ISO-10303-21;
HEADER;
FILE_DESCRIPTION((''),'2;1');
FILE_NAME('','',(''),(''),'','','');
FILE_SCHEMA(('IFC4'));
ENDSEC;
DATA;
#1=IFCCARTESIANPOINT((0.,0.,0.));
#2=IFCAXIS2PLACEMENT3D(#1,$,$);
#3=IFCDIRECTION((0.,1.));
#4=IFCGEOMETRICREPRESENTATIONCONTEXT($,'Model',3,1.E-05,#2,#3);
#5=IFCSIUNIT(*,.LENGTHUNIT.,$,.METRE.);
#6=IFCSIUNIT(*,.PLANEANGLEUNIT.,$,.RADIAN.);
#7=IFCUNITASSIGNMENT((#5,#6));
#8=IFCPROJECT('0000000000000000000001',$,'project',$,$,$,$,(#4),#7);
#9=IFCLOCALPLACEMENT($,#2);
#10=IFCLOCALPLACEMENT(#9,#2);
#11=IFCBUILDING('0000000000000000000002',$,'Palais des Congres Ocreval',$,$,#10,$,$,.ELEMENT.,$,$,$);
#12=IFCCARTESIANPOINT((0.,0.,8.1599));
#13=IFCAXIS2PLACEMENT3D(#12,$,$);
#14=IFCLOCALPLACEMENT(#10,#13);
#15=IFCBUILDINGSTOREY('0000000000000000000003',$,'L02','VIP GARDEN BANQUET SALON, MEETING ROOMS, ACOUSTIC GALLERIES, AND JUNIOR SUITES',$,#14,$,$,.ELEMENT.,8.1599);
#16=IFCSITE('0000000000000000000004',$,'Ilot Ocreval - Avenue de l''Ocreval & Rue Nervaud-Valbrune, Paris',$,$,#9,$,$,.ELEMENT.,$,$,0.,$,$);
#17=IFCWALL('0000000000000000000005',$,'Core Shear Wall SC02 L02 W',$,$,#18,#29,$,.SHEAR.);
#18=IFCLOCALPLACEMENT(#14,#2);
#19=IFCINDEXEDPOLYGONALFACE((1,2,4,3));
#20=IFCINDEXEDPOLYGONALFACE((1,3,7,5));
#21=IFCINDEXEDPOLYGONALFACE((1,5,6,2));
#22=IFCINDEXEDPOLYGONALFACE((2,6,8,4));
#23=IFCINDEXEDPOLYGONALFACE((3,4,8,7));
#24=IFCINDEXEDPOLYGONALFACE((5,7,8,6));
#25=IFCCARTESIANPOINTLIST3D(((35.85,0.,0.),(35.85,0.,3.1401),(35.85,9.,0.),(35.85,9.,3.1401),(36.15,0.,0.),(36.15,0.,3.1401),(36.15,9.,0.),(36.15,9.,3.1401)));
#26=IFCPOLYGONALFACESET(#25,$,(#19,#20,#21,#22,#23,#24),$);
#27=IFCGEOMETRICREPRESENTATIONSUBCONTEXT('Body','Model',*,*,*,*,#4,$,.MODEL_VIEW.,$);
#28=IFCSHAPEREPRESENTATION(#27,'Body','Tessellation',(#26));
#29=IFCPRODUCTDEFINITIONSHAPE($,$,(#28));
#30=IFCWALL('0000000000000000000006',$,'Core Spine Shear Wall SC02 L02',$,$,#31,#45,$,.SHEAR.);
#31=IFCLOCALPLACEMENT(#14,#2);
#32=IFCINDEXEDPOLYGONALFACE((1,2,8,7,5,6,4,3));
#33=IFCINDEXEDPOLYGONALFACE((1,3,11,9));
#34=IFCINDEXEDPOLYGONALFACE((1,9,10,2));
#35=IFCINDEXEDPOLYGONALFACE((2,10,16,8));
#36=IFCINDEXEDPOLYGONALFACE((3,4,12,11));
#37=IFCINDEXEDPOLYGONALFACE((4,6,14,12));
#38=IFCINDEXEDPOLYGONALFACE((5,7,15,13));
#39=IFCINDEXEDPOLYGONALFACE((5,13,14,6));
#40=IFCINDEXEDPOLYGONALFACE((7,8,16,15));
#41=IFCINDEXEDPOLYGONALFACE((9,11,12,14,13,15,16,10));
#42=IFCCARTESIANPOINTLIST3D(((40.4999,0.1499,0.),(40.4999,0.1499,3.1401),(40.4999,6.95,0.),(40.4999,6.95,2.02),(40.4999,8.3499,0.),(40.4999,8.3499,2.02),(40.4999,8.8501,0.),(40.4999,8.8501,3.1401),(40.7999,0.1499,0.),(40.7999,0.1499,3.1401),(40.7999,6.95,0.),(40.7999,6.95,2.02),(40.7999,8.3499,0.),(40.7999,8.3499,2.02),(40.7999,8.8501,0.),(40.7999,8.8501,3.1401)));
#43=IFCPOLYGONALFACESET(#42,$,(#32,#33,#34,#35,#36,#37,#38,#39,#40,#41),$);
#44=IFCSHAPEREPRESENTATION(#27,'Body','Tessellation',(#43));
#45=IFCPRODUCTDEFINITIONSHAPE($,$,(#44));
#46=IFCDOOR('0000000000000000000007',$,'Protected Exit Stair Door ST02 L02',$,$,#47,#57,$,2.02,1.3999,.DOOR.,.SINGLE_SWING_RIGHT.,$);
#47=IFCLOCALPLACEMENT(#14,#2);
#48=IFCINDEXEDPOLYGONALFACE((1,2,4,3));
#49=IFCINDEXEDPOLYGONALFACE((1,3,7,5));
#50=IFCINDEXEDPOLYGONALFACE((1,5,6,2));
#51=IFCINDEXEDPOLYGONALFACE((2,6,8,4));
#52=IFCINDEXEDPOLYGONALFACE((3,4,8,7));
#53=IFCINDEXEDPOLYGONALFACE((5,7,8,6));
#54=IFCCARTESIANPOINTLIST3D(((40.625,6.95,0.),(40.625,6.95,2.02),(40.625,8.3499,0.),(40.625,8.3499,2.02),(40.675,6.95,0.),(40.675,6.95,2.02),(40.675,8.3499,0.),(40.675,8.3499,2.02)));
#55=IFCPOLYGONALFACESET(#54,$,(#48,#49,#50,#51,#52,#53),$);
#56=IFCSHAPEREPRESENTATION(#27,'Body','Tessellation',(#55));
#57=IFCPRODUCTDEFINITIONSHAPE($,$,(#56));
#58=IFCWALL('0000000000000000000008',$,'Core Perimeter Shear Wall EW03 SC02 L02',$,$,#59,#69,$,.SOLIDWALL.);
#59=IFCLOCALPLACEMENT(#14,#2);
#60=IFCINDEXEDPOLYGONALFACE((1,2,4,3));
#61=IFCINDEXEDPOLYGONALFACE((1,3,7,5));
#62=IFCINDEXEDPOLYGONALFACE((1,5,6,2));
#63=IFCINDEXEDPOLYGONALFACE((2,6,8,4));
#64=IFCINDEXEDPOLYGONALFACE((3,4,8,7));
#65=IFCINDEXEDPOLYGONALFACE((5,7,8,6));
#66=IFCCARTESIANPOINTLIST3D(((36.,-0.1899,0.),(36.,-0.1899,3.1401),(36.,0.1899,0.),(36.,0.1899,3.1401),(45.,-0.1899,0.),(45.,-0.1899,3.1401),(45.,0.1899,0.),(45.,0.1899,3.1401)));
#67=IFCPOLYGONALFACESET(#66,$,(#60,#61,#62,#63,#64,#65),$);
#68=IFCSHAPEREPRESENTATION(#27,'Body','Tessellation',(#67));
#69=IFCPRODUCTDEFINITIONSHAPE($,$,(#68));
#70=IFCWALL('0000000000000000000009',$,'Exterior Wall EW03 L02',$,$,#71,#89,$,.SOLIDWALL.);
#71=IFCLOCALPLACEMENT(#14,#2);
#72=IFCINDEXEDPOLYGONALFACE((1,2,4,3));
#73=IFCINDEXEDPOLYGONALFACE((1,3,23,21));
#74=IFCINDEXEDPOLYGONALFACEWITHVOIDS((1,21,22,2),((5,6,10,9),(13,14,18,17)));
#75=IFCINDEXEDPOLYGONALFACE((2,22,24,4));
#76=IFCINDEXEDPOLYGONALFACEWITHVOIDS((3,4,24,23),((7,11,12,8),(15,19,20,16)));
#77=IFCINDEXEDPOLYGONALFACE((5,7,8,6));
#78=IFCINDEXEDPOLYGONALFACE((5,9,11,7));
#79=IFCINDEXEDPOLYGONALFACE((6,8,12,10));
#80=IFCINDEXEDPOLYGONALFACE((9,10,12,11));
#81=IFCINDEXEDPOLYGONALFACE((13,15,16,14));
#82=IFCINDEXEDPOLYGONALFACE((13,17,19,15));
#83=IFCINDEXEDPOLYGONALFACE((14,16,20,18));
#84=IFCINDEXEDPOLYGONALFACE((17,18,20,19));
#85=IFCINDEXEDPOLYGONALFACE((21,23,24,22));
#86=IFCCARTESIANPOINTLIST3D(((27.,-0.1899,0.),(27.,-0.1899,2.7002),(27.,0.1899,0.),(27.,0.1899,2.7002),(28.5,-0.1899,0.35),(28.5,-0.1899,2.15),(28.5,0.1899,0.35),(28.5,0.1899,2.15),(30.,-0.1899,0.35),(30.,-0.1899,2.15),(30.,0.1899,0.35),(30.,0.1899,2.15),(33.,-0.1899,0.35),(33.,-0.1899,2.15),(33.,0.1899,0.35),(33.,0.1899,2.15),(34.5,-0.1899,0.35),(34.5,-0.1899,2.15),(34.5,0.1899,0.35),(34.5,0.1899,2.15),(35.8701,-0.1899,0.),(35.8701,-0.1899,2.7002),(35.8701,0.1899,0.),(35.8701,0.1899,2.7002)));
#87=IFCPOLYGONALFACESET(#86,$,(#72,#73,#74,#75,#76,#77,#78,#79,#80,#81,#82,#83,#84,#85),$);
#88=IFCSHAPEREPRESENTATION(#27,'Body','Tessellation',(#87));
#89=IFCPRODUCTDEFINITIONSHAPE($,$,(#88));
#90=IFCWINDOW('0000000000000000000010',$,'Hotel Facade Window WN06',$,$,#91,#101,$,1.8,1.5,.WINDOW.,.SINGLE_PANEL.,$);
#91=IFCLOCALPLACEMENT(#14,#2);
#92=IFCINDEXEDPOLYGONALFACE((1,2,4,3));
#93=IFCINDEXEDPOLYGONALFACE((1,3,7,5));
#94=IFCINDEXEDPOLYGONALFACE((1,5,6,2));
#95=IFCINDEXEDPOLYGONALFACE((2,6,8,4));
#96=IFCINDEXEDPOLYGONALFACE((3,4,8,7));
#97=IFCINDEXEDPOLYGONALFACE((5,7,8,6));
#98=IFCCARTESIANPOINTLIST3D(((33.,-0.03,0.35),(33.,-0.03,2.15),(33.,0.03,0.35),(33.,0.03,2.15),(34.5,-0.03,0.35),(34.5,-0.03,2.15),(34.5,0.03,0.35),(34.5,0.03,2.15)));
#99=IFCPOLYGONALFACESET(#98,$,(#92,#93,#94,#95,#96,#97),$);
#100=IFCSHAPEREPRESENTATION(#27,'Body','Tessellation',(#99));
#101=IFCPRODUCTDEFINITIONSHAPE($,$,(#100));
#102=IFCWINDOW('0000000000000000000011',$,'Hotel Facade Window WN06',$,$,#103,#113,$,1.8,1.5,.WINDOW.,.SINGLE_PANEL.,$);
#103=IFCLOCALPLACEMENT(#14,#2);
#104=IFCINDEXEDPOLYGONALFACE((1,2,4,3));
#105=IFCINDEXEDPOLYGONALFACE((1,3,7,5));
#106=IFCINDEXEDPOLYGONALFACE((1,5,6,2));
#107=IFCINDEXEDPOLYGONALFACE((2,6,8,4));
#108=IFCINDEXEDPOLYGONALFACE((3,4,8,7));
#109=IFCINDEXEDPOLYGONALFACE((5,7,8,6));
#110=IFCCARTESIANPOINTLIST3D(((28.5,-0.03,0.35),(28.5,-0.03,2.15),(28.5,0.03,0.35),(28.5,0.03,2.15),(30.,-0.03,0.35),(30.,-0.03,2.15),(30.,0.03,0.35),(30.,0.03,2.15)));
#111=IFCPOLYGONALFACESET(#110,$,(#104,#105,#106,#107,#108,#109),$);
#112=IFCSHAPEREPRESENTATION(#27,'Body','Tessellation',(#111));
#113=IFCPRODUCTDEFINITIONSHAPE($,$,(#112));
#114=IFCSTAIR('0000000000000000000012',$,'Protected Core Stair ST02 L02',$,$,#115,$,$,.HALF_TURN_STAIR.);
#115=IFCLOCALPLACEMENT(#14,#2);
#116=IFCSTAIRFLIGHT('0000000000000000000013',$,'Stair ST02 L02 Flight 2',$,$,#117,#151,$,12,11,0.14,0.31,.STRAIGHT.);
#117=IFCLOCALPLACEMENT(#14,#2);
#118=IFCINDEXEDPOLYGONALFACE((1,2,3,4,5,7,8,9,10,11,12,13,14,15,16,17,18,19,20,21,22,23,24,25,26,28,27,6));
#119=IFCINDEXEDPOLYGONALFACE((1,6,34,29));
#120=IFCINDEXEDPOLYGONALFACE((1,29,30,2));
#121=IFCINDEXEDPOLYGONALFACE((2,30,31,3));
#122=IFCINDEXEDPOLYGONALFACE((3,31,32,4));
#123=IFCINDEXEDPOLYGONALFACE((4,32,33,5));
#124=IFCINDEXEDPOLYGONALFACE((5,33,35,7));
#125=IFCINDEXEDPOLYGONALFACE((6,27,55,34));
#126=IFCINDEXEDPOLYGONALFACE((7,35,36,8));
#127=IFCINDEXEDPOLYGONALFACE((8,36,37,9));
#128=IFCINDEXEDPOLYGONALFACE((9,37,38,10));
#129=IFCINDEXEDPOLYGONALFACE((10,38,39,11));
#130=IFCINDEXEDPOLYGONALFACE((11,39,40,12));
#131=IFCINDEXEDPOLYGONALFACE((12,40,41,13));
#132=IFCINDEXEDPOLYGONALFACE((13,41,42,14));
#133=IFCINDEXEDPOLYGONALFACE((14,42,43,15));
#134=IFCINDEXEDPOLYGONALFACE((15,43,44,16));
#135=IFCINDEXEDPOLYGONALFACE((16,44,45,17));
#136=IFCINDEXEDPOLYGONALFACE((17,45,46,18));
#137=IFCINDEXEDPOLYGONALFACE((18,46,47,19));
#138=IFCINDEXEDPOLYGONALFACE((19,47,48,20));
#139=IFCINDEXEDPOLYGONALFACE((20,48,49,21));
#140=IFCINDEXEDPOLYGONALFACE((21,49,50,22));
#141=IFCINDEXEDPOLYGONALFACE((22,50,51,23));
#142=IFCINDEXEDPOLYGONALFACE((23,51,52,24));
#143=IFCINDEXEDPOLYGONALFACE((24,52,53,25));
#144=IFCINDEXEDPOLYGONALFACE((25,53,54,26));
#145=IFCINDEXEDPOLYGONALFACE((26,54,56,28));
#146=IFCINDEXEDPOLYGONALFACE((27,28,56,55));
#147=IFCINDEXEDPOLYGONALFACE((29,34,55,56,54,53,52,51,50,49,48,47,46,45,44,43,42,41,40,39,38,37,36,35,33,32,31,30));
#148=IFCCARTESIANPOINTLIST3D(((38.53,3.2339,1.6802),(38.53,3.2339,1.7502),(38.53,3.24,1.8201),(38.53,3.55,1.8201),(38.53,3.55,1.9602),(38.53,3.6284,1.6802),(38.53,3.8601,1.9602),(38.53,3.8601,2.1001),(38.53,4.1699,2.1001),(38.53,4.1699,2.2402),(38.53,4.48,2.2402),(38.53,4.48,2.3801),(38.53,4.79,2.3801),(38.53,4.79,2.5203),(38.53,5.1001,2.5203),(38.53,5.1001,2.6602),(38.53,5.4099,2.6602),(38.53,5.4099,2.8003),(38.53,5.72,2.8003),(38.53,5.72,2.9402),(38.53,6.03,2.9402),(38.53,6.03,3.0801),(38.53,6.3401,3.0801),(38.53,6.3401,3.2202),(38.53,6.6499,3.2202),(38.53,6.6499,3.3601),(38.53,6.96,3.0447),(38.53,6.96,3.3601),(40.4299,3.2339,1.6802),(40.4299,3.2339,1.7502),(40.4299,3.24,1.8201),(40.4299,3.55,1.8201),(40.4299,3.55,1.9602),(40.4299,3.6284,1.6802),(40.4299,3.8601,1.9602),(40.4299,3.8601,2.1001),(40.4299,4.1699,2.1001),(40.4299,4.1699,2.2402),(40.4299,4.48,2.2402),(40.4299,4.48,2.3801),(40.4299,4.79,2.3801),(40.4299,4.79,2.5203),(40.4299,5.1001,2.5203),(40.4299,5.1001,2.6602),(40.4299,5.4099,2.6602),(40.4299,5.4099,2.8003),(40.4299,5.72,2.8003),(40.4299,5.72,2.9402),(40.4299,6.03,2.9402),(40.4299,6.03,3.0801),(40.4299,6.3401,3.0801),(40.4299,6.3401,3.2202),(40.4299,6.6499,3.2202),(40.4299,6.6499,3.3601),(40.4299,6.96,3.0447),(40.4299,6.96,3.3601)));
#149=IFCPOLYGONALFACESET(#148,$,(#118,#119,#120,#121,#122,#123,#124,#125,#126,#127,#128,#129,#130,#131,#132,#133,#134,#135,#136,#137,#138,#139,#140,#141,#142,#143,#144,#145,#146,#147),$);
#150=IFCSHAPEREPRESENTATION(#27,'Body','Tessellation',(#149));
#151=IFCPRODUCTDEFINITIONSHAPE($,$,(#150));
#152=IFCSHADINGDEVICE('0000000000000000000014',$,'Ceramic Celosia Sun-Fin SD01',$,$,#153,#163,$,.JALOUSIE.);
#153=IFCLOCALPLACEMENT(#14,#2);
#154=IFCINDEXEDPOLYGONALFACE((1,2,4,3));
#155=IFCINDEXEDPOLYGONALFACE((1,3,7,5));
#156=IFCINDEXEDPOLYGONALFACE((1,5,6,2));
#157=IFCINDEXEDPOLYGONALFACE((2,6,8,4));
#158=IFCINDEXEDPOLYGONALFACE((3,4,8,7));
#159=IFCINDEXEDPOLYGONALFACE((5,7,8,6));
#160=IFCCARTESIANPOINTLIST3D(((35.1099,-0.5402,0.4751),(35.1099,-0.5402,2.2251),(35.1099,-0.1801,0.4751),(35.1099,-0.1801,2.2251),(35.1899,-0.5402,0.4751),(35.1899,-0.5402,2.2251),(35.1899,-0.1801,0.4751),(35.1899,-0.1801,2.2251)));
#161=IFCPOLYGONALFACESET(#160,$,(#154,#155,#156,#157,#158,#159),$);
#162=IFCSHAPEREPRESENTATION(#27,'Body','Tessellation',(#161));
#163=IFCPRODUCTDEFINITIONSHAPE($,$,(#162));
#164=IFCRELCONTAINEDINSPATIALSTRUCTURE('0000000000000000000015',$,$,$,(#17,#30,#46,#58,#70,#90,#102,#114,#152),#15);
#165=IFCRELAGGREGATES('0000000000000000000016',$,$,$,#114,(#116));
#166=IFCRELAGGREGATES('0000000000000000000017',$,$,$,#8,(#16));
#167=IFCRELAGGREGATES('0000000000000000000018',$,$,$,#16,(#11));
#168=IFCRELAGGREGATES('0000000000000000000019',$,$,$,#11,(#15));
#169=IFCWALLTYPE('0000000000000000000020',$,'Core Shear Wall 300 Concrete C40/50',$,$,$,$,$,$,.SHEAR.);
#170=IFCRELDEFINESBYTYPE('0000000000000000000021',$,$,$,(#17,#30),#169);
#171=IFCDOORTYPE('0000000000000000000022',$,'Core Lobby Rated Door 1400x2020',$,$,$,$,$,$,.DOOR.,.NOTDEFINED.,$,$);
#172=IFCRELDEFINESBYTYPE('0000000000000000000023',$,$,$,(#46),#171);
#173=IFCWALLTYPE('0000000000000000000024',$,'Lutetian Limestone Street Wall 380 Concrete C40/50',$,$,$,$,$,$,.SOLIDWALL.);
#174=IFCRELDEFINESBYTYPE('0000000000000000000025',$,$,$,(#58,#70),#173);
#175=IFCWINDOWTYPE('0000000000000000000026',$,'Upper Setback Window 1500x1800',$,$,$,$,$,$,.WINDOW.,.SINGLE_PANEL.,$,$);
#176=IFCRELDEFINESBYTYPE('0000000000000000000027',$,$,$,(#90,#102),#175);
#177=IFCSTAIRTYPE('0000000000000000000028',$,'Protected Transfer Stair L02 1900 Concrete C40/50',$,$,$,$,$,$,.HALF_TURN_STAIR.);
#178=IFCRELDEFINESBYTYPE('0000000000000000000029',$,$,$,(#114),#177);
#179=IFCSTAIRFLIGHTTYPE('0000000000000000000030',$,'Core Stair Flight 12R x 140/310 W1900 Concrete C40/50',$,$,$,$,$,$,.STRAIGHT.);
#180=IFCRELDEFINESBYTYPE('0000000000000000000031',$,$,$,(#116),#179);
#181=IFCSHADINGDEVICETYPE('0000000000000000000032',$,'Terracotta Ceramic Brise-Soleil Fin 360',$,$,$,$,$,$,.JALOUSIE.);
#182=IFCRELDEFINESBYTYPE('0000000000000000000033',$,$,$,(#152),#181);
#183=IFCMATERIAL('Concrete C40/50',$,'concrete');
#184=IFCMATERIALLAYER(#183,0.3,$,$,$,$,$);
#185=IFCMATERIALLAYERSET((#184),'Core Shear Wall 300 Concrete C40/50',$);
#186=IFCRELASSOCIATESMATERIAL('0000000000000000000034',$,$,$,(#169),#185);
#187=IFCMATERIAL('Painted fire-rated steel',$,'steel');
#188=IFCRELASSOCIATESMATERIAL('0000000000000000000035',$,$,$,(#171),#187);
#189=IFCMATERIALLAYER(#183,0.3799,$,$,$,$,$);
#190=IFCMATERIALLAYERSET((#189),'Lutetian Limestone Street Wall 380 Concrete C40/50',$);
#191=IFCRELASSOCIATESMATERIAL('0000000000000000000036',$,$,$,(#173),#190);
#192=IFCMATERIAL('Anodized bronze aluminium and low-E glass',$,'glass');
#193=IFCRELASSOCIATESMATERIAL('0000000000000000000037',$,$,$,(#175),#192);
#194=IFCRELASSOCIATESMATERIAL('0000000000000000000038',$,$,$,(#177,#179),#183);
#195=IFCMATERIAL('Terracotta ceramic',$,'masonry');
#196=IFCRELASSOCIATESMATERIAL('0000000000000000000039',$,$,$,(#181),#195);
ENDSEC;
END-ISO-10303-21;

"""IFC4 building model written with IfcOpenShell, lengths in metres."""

from ifc_helpers import new_model, si_unit, direction, frame, frame_2d, origin, origin_2d, place, context, subcontext, project, spatial, polyline, rectangle, outline, extrude, material, layer, layer_set, type_object, element, fill, aggregate, save


model = new_model("IFC4")

# Units and contexts
model_context = context("Model", 3, precision=1e-05, world=origin(), true_north=direction((0.0, 1.0)))
body_context = subcontext(model_context, "Body", "Model", "MODEL_VIEW")
ifc_project = project(units=[si_unit("LENGTHUNIT", "METRE"), si_unit("PLANEANGLEUNIT", "RADIAN")], contexts=[model_context])

# Site, building, storey
site_placement = place(None, origin())
site = spatial("IfcSite", under=ifc_project, at=site_placement, Name="Ilot Ocreval - Avenue de l'Ocreval & Rue Nervaud-Valbrune, Paris", CompositionType="ELEMENT", RefElevation=0.0)
building_placement = place(site_placement, origin())
building = spatial("IfcBuilding", under=site, at=building_placement, Name="Palais des Congres Ocreval", CompositionType="ELEMENT")
storey_placement = place(building_placement, frame((0.0, 0.0, 8.1599)))
storey = spatial("IfcBuildingStorey", under=building, at=storey_placement, Name="L02", Description="VIP GARDEN BANQUET SALON, MEETING ROOMS, ACOUSTIC GALLERIES, AND JUNIOR SUITES", CompositionType="ELEMENT", Elevation=8.1599)

# Shared definitions
ifc_material_1 = material(Name="Concrete C40/50", Category="concrete")

# Wall
ifc_layer_1 = layer(ifc_material_1, 0.3)
ifc_layer_set_1 = layer_set([ifc_layer_1], Name="Core Shear Wall 300 Concrete C40/50")
wall_type_1 = type_object("IfcWallType", Name="Core Shear Wall 300 Concrete C40/50", PredefinedType="SHEAR", material=ifc_layer_set_1)
for number, where, z_axis, x_axis, name in (
    (1, (36.0, 0.0, 0.0), (0.0, 0.0, 1.0), (0.0, 1.0, 0.0), "Core Shear Wall SC02 L02 W"),
):
    element("IfcWall", number, at=place(storey_placement, frame(where, z_axis=z_axis, x_axis=x_axis)), inside=storey, type_object=wall_type_1, Name=name, PredefinedType="SHEAR", context=body_context, shape_type="SweptSolid", body=[
        extrude(rectangle(XDim=9.0, YDim=0.3, at=frame_2d((4.5, 0.0))), origin(), (0.0, 0.0, 1.0), 3.1401),
    ])

# Wall, opening, door
wall_1_placement = place(storey_placement, frame((40.6499, 0.1499, 0.0), z_axis=(0.0, 0.0, 1.0), x_axis=(0.0, 1.0, 0.0)))
wall_1 = element("IfcWall", 2, at=wall_1_placement, inside=storey, type_object=wall_type_1, Name="Core Spine Shear Wall SC02 L02", PredefinedType="SHEAR", context=body_context, shape_type="SweptSolid", body=[
    extrude(rectangle(XDim=8.7002, YDim=0.3, at=frame_2d((4.3501, 0.0))), origin(), (0.0, 0.0, 1.0), 3.1401),
])
opening_1_placement = place(wall_1_placement, frame((6.8, 0.0, 0.0)))
opening_1 = element("IfcOpeningElement", 3, at=opening_1_placement, cuts=wall_1, PredefinedType="OPENING", context=body_context, shape_type="SweptSolid", body=[
    extrude(rectangle(XDim=1.3999, YDim=2.02, at=frame_2d((0.7, 1.01))), frame((0.0, 0.1599, 0.0), z_axis=(0.0, -1.0, 0.0), x_axis=(1.0, 0.0, 0.0)), (0.0, 0.0, 1.0), 0.3201),
])
ifc_material_2 = material(Name="Painted fire-rated steel", Category="steel")
door_type = type_object("IfcDoorType", Name="Core Lobby Rated Door 1400x2020", OperationType="NOTDEFINED", PredefinedType="DOOR", material=ifc_material_2)
door_placement = place(opening_1_placement, origin())
door = element("IfcDoor", 4, at=door_placement, inside=storey, type_object=door_type, Name="Protected Exit Stair Door ST02 L02", OperationType="SINGLE_SWING_RIGHT", OverallHeight=2.02, OverallWidth=1.3999, PredefinedType="DOOR", context=body_context, shape_type="SweptSolid", body=[
    extrude(rectangle(XDim=1.3999, YDim=2.02, at=frame_2d((0.7, 1.01))), frame((0.0, 0.0249, 0.0), z_axis=(0.0, -1.0, 0.0), x_axis=(1.0, 0.0, 0.0)), (0.0, 0.0, 1.0), 0.05),
])
fill(opening_1, door)

# Wall
ifc_layer_2 = layer(ifc_material_1, 0.3799)
ifc_layer_set_2 = layer_set([ifc_layer_2], Name="Lutetian Limestone Street Wall 380 Concrete C40/50")
wall_type_2 = type_object("IfcWallType", Name="Lutetian Limestone Street Wall 380 Concrete C40/50", PredefinedType="SOLIDWALL", material=ifc_layer_set_2)
wall_2_placement = place(storey_placement, frame((45.0, 0.0, 0.0), z_axis=(0.0, 0.0, 1.0), x_axis=(-1.0, 0.0, 0.0)))
element("IfcWall", 5, at=wall_2_placement, inside=storey, type_object=wall_type_2, Name="Core Perimeter Shear Wall EW03 SC02 L02", PredefinedType="SOLIDWALL", context=body_context, shape_type="SweptSolid", body=[
    extrude(rectangle(XDim=9.0, YDim=0.3799, at=frame_2d((4.5, 0.0))), origin(), (0.0, 0.0, 1.0), 3.1401),
])

# Wall, openings, windows
wall_3_placement = place(storey_placement, frame((35.8701, 0.0, 0.0), z_axis=(0.0, 0.0, 1.0), x_axis=(-1.0, 0.0, 0.0)))
wall_3 = element("IfcWall", 6, at=wall_3_placement, inside=storey, type_object=wall_type_2, Name="Exterior Wall EW03 L02", PredefinedType="SOLIDWALL", context=body_context, shape_type="SweptSolid", body=[
    extrude(rectangle(XDim=8.8701, YDim=0.3799, at=frame_2d((4.4351, 0.0))), origin(), (0.0, 0.0, 1.0), 2.7002),
])
opening_2_placement = place(wall_3_placement, frame((1.3701, 0.0, 0.3501)))
opening_2 = element("IfcOpeningElement", 7, at=opening_2_placement, cuts=wall_3, PredefinedType="OPENING", context=body_context, shape_type="SweptSolid", body=[
    extrude(rectangle(XDim=1.5, YDim=1.8, at=frame_2d((0.75, 0.8999))), frame((0.0, 0.2, 0.0), z_axis=(0.0, -1.0, 0.0), x_axis=(1.0, 0.0, 0.0)), (0.0, 0.0, 1.0), 0.3999),
])
opening_3_placement = place(wall_3_placement, frame((5.8701, 0.0, 0.3501)))
opening_3 = element("IfcOpeningElement", 8, at=opening_3_placement, cuts=wall_3, PredefinedType="OPENING", context=body_context, shape_type="SweptSolid", body=[
    extrude(rectangle(XDim=1.5, YDim=1.8, at=frame_2d((0.75, 0.8999))), frame((0.0, 0.2, 0.0), z_axis=(0.0, -1.0, 0.0), x_axis=(1.0, 0.0, 0.0)), (0.0, 0.0, 1.0), 0.3999),
])
ifc_material_3 = material(Name="Anodized bronze aluminium and low-E glass", Category="glass")
window_type = type_object("IfcWindowType", Name="Upper Setback Window 1500x1800", PartitioningType="SINGLE_PANEL", PredefinedType="WINDOW", material=ifc_material_3)
window_1_placement = place(opening_2_placement, origin())
window_1 = element("IfcWindow", 9, at=window_1_placement, inside=storey, type_object=window_type, Name="Hotel Facade Window WN06", OverallHeight=1.8, OverallWidth=1.5, PartitioningType="SINGLE_PANEL", PredefinedType="WINDOW", context=body_context, shape_type="SweptSolid", body=[
    extrude(rectangle(XDim=1.5, YDim=1.8, at=frame_2d((0.75, 0.8999))), frame((0.0, 0.03, 0.0), z_axis=(0.0, -1.0, 0.0), x_axis=(1.0, 0.0, 0.0)), (0.0, 0.0, 1.0), 0.0601),
])
fill(opening_2, window_1)
window_2_placement = place(opening_3_placement, origin())
window_2 = element("IfcWindow", 10, at=window_2_placement, inside=storey, type_object=window_type, Name="Hotel Facade Window WN06", OverallHeight=1.8, OverallWidth=1.5, PartitioningType="SINGLE_PANEL", PredefinedType="WINDOW", context=body_context, shape_type="SweptSolid", body=[
    extrude(rectangle(XDim=1.5, YDim=1.8, at=frame_2d((0.75, 0.8999))), frame((0.0, 0.03, 0.0), z_axis=(0.0, -1.0, 0.0), x_axis=(1.0, 0.0, 0.0)), (0.0, 0.0, 1.0), 0.0601),
])
fill(opening_3, window_2)

# Stair, stair flight
stair_type = type_object("IfcStairType", Name="Protected Transfer Stair L02 1900 Concrete C40/50", PredefinedType="HALF_TURN_STAIR", material=ifc_material_1)
stair_placement = place(storey_placement, origin())
stair = element("IfcStair", 11, at=stair_placement, inside=storey, type_object=stair_type, Name="Protected Core Stair ST02 L02", PredefinedType="HALF_TURN_STAIR")
stair_flight_type = type_object("IfcStairFlightType", Name="Core Stair Flight 12R x 140/310 W1900 Concrete C40/50", PredefinedType="STRAIGHT", material=ifc_material_1)
stair_flight_placement = place(storey_placement, frame((39.48, 3.24, 1.6802), z_axis=(0.0, 0.0, 1.0), x_axis=(0.0, 1.0, 0.0)))
stair_flight = element("IfcStairFlight", 12, at=stair_flight_placement, type_object=stair_flight_type, Name="Stair ST02 L02 Flight 2", NumberOfRisers=12, NumberOfTreads=11, PredefinedType="STRAIGHT", RiserHeight=0.14, TreadLength=0.31, context=body_context, shape_type="SweptSolid", body=[
    extrude(outline(polyline([(-0.0061, 0.0), (-0.0061, 0.0701), (0.0, 0.1399), (0.3101, 0.1399), (0.3101, 0.28), (0.6201, 0.28), (0.6201, 0.4199), (0.9299, 0.4199), (0.9299, 0.5601), (1.24, 0.5601), (1.24, 0.7), (1.55, 0.7), (1.55, 0.8401), (1.8601, 0.8401), (1.8601, 0.98), (2.1699, 0.98), (2.1699, 1.1201), (2.48, 1.1201), (2.48, 1.26), (2.79, 1.26), (2.79, 1.3999), (3.1001, 1.3999), (3.1001, 1.54), (3.4099, 1.54), (3.4099, 1.6799), (3.72, 1.6799), (3.72, 1.3645), (0.3884, 0.0), (-0.0061, 0.0)])), frame((0.0, 0.95, 0.0), z_axis=(0.0, -1.0, 0.0), x_axis=(1.0, 0.0, 0.0)), (0.0, 0.0, 1.0), 1.8999),
])
aggregate(stair, [stair_flight])

# Shading device
ifc_material_4 = material(Name="Terracotta ceramic", Category="masonry")
shading_device_type = type_object("IfcShadingDeviceType", Name="Terracotta Ceramic Brise-Soleil Fin 360", PredefinedType="JALOUSIE", material=ifc_material_4)
shading_device_placement = place(storey_placement, frame((35.1499, -0.3601, 0.4751), z_axis=(0.0, 0.0, 1.0), x_axis=(0.0, -1.0, 0.0)))
element("IfcShadingDevice", 13, at=shading_device_placement, inside=storey, type_object=shading_device_type, Name="Ceramic Celosia Sun-Fin SD01", PredefinedType="JALOUSIE", context=body_context, shape_type="SweptSolid", body=[
    extrude(rectangle(XDim=0.3601, YDim=0.0801, at=origin_2d()), origin(), (0.0, 0.0, 1.0), 1.75),
])

save(model, "model.ifc")
